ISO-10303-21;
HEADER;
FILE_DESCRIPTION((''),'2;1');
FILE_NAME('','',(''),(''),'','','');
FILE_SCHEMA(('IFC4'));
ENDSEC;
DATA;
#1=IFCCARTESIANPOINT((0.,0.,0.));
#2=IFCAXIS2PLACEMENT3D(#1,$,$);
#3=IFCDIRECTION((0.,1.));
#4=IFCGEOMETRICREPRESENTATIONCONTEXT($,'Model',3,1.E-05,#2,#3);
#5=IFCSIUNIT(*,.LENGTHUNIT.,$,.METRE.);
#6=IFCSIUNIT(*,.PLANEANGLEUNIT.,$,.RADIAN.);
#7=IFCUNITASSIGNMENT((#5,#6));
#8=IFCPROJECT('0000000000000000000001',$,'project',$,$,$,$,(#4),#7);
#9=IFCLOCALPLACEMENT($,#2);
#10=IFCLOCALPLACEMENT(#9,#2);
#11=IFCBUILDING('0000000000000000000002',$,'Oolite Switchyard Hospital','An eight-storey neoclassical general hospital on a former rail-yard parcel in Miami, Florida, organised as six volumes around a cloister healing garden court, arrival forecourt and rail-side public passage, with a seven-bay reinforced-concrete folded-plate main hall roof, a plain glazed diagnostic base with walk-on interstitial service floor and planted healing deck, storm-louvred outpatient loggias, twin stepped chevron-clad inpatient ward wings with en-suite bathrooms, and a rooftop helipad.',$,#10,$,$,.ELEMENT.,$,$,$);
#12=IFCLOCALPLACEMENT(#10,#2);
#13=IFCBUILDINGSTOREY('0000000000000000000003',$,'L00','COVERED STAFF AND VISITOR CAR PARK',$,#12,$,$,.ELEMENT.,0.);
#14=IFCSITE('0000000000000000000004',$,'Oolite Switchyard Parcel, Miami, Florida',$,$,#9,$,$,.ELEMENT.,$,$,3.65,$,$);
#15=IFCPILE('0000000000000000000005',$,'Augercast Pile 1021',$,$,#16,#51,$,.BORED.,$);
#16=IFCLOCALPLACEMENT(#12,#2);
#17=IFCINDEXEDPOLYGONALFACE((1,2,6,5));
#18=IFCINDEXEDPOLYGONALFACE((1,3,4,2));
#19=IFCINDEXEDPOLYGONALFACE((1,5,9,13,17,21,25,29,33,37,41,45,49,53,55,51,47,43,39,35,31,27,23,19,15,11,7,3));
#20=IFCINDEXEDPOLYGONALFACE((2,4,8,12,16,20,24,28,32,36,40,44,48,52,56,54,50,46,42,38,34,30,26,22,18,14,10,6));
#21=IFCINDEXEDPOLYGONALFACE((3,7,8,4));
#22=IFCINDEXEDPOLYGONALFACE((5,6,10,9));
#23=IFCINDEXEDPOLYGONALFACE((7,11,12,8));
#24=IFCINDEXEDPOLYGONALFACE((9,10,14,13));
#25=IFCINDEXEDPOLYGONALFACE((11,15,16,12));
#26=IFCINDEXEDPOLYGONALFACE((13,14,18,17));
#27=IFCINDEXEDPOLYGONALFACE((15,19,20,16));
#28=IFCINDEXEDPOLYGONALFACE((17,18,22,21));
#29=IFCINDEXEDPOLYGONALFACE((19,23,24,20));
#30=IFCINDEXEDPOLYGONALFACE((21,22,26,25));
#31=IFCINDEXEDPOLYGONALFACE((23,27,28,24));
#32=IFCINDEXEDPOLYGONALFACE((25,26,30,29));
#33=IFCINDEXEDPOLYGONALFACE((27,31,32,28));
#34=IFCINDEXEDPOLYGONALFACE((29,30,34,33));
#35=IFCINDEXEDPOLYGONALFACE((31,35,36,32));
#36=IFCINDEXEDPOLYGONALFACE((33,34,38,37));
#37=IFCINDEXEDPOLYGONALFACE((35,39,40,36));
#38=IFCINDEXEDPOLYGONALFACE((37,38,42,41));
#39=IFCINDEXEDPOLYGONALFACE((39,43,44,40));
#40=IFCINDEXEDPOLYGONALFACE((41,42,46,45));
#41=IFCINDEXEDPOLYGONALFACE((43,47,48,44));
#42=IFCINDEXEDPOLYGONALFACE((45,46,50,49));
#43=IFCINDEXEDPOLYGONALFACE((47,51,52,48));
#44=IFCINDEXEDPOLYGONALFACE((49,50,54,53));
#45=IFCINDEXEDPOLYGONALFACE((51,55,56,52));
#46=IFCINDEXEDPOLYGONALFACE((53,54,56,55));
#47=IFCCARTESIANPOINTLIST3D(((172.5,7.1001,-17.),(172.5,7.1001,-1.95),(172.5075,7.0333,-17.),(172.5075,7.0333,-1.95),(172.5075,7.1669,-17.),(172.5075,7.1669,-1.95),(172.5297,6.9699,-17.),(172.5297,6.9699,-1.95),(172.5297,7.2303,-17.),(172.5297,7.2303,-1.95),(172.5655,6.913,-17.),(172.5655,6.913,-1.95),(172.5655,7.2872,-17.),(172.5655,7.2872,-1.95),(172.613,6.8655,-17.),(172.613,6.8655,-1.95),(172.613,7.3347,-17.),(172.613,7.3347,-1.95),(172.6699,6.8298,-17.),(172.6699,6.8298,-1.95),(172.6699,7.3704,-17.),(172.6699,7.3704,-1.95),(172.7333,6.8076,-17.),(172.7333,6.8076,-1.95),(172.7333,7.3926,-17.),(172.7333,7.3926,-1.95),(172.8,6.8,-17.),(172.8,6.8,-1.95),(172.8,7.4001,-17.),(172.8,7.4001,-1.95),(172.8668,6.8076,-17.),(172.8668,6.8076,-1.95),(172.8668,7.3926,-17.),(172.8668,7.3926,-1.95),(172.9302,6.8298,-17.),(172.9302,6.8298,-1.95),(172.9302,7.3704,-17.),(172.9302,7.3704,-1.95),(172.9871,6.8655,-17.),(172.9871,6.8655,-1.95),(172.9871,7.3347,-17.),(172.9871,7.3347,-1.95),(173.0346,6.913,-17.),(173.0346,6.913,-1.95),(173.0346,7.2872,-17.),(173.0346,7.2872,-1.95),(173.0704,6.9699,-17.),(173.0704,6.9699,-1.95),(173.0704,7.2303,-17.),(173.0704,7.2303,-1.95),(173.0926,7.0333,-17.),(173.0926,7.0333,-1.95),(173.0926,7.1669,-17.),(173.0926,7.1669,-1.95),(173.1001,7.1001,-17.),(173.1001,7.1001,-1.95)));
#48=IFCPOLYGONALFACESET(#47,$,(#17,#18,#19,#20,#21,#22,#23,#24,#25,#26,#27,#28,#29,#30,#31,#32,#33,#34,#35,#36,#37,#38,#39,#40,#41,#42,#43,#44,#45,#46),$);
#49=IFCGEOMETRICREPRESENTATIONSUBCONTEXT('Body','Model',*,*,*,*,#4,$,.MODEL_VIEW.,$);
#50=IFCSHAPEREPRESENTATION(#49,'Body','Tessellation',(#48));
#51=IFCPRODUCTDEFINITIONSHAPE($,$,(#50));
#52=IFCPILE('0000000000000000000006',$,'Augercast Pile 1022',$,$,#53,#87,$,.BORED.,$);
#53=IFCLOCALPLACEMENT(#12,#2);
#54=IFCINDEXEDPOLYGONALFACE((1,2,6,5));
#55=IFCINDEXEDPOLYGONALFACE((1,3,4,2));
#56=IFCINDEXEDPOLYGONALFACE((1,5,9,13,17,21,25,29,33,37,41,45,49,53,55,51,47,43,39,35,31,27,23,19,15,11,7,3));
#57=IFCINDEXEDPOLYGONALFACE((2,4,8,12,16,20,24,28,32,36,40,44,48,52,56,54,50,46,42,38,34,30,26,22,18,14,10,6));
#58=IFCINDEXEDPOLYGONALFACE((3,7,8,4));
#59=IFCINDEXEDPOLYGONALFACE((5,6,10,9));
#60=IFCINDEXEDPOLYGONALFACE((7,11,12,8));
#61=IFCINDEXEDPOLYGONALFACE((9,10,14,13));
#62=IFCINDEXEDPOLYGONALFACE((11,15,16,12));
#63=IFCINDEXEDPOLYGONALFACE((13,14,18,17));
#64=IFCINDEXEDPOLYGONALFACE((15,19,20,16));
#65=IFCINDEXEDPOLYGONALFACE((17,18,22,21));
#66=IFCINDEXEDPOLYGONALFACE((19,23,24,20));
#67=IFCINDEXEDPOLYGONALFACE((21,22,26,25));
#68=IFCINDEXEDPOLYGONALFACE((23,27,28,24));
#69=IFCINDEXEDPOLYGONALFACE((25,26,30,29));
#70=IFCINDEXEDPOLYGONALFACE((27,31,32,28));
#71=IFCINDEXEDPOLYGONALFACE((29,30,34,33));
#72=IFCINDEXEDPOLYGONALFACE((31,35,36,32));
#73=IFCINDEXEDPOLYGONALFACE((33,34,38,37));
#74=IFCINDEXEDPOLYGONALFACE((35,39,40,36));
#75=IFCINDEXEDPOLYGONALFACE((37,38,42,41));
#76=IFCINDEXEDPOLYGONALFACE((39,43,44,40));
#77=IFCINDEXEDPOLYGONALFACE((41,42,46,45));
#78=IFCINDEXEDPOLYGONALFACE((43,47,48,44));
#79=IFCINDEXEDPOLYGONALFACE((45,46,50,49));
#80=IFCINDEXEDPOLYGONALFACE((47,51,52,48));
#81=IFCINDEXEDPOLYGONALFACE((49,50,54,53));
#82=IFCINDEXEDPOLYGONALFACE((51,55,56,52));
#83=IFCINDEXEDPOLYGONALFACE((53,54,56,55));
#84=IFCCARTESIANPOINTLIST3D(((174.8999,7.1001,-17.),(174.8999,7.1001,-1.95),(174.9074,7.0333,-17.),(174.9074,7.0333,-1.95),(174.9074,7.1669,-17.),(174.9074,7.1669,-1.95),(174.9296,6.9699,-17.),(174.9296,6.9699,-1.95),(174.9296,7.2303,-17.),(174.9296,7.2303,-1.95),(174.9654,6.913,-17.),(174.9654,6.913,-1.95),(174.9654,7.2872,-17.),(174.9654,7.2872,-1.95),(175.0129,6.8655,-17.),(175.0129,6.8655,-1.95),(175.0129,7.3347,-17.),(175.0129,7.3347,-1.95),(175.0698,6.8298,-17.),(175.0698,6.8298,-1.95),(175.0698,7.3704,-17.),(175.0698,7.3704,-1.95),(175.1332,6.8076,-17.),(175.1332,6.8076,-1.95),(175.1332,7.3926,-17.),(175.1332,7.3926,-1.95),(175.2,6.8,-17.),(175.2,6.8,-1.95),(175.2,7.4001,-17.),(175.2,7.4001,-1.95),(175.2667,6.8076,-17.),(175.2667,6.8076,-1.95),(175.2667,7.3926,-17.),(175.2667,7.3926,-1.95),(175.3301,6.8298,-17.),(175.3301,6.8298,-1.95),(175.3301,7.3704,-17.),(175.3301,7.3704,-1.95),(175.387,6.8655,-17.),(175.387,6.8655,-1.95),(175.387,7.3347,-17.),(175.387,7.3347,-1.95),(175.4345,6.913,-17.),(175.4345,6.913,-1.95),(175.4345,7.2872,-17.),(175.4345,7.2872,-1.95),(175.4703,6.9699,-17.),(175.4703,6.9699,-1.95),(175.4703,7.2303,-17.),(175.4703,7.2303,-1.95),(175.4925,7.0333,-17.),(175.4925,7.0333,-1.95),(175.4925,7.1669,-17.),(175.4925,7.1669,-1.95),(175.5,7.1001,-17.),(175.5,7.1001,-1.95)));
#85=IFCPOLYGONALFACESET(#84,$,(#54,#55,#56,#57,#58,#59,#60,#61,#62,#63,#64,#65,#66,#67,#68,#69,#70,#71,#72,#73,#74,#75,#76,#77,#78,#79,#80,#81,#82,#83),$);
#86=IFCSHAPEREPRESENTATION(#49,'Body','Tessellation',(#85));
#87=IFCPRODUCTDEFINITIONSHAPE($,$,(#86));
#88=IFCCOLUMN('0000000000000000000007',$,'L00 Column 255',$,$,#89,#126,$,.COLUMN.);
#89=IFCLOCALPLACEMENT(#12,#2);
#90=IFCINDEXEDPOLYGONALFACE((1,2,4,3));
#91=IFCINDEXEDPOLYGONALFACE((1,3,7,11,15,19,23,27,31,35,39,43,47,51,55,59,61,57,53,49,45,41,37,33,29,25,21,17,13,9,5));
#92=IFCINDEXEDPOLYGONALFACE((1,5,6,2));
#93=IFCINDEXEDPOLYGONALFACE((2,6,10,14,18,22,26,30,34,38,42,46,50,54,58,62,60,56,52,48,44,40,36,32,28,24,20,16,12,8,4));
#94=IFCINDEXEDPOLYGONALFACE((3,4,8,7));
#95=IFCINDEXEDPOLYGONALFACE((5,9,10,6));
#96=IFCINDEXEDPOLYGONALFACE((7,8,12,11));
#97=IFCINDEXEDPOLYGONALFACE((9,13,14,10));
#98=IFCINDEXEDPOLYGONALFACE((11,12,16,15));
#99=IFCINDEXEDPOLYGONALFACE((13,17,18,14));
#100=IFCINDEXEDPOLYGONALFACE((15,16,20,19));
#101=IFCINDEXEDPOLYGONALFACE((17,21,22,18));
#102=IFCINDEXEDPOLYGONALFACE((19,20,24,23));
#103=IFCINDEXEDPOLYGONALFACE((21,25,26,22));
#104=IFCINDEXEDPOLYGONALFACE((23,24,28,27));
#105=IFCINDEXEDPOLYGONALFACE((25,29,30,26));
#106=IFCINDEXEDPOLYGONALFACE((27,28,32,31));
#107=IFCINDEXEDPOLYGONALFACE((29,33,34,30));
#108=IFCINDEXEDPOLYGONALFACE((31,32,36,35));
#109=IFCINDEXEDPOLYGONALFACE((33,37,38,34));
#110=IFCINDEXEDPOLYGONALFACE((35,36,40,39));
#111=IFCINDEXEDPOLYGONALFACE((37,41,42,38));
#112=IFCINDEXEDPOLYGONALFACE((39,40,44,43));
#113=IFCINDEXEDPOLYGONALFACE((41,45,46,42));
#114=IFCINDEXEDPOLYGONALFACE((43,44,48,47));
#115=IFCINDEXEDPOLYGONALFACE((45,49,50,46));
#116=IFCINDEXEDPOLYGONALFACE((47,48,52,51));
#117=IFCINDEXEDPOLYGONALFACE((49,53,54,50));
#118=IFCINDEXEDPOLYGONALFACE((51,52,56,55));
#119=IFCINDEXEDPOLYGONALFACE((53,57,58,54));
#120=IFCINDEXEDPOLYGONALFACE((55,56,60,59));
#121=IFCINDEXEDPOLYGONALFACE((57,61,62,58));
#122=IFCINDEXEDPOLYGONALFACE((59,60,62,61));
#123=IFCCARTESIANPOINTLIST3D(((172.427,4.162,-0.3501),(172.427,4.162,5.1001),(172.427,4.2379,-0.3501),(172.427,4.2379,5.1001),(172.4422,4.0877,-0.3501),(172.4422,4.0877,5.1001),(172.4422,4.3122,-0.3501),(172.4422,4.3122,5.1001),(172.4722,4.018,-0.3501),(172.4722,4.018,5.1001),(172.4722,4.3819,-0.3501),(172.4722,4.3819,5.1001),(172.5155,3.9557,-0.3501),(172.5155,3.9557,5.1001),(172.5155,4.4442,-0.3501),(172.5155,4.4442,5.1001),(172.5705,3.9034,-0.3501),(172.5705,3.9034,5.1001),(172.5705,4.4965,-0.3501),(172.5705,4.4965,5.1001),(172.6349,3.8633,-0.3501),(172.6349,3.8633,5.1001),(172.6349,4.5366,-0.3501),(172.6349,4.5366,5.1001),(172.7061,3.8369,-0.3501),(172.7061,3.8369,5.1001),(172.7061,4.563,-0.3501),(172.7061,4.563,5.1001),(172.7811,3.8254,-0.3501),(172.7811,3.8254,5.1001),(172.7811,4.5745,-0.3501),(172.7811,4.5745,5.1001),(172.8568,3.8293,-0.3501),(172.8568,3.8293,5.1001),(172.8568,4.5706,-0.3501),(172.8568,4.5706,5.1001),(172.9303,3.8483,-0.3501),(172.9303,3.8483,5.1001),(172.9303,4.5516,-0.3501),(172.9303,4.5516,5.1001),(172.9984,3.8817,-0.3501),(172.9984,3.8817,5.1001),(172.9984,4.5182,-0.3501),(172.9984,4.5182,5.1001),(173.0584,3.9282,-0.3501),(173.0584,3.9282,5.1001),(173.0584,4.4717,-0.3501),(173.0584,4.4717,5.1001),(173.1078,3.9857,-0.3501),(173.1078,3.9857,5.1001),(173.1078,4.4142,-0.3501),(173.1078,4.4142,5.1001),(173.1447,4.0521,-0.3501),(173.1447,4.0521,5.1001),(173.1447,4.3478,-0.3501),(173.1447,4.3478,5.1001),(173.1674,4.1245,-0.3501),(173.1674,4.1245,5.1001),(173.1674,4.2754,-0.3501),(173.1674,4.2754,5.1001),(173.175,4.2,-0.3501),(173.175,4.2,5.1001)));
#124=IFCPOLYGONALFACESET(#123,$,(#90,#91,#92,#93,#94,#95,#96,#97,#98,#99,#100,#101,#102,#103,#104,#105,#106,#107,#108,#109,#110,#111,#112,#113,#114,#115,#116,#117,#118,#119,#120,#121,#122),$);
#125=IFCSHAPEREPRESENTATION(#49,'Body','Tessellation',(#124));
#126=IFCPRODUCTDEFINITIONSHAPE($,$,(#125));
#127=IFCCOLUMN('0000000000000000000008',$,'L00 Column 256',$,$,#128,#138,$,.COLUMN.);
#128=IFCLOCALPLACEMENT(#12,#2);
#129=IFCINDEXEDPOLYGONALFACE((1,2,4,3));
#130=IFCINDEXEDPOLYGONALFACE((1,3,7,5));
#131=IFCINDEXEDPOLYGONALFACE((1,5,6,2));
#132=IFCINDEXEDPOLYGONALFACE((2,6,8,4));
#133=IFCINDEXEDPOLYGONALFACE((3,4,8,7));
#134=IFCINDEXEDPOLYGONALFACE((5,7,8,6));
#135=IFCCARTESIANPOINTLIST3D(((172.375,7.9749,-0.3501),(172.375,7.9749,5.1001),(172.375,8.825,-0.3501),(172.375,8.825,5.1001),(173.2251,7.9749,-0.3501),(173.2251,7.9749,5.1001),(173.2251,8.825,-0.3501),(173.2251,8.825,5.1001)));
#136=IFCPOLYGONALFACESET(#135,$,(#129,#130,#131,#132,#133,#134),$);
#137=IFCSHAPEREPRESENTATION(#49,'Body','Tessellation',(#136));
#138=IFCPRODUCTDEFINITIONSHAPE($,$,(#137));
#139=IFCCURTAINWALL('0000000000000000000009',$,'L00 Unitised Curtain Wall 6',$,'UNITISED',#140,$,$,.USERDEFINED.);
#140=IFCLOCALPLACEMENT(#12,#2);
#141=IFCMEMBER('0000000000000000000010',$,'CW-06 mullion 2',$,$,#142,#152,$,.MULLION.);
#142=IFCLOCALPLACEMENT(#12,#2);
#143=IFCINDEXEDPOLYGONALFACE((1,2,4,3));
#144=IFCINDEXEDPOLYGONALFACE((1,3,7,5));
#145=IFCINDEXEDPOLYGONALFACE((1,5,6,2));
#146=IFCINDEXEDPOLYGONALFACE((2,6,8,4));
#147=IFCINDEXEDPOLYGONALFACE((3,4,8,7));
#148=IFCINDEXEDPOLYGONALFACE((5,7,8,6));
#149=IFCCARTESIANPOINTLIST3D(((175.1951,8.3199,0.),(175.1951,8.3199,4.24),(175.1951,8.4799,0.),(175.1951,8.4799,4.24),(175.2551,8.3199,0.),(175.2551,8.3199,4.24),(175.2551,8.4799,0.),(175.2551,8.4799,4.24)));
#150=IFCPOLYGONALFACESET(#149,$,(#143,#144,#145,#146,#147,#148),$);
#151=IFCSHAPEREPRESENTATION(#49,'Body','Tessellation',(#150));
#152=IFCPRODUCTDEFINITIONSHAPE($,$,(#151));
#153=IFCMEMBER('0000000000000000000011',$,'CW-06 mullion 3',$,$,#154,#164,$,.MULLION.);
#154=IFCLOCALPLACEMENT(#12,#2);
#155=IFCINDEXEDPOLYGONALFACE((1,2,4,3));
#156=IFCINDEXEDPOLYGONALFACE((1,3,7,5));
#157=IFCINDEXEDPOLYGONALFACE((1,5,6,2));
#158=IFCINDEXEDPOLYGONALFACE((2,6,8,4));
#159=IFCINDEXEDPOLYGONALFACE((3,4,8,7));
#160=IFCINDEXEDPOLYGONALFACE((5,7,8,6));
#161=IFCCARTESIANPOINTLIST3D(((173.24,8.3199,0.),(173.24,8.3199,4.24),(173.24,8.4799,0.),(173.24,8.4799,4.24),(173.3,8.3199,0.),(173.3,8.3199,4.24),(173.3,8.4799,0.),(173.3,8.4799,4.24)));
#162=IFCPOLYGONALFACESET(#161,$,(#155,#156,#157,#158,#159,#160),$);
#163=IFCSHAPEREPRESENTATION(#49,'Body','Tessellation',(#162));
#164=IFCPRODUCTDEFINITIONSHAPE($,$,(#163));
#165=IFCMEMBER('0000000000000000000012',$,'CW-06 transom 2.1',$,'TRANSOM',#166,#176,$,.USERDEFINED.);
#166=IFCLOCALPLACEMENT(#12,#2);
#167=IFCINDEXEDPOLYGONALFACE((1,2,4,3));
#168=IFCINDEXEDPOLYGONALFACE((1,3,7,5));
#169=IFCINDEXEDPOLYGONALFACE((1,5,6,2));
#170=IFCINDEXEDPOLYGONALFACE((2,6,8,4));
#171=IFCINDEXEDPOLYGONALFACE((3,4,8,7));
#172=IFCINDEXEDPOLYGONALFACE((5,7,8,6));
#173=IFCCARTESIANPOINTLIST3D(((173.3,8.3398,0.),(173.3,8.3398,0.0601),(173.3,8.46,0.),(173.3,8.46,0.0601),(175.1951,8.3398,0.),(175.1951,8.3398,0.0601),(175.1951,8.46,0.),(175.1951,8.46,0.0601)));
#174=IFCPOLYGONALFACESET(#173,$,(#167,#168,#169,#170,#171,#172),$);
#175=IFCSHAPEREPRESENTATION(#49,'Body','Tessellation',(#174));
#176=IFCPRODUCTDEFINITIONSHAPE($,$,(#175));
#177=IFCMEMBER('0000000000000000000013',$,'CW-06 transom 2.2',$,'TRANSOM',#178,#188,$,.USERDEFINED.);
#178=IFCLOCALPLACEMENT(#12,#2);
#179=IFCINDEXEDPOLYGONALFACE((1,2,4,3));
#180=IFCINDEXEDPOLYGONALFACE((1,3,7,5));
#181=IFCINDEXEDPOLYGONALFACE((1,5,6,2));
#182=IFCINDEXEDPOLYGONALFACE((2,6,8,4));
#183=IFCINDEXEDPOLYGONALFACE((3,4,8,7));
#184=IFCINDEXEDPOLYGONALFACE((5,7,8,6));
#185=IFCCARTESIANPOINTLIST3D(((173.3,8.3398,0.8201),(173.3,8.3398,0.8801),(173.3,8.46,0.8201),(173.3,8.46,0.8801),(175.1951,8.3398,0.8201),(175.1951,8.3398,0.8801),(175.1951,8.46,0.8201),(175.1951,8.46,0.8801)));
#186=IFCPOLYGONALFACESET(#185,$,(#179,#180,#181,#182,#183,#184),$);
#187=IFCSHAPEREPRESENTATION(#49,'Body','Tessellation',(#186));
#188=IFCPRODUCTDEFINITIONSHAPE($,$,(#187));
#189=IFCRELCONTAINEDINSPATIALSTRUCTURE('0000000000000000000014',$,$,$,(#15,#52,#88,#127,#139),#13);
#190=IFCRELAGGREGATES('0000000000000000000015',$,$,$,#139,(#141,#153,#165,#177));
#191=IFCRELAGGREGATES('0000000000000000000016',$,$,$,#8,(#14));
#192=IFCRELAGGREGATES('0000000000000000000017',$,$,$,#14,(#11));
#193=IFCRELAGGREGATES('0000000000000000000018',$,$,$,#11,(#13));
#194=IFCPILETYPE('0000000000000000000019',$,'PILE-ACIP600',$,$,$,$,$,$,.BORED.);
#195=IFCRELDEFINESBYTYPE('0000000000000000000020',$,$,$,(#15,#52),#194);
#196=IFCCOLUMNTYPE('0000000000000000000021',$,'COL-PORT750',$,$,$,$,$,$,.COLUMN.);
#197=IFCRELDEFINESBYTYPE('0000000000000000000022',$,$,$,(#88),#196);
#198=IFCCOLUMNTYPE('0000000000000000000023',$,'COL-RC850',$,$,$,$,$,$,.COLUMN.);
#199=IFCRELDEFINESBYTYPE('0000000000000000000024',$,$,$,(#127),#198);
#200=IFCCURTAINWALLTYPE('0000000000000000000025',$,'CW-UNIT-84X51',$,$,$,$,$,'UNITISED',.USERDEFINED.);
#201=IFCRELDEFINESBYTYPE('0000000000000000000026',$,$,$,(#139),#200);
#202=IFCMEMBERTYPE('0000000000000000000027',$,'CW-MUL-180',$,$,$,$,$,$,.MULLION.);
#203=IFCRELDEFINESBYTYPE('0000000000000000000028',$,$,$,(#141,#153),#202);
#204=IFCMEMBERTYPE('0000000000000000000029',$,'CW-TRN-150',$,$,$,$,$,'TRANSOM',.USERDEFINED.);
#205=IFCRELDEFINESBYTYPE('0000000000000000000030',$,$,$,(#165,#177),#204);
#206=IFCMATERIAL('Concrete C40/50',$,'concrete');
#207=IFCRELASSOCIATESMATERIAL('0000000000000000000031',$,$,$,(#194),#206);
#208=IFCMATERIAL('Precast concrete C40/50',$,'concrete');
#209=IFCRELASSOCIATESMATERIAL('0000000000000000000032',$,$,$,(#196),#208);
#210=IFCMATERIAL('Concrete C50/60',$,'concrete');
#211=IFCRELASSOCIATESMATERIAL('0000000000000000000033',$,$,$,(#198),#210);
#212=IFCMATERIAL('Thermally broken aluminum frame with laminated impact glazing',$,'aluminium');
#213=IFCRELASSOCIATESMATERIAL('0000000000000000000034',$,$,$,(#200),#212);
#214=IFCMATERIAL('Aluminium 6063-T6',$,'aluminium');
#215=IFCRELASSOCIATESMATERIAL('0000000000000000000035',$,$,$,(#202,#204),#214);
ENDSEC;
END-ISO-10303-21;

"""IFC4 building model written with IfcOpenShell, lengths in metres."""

from ifc_helpers import new_model, si_unit, direction, frame, origin, origin_2d, place, context, subcontext, project, spatial, rectangle, circle, extrude, material, material_profile, profile_set, type_object, element, aggregate, save


model = new_model("IFC4")

# Units and contexts
model_context = context("Model", 3, precision=1e-05, world=origin(), true_north=direction((0.0, 1.0)))
body_context = subcontext(model_context, "Body", "Model", "MODEL_VIEW")
ifc_project = project(units=[si_unit("LENGTHUNIT", "METRE"), si_unit("PLANEANGLEUNIT", "RADIAN")], contexts=[model_context])

# Site, building, storey
site_placement = place(None, origin())
site = spatial("IfcSite", under=ifc_project, at=site_placement, Name="Oolite Switchyard Parcel, Miami, Florida", CompositionType="ELEMENT", RefElevation=3.65)
building_placement = place(site_placement, origin())
building = spatial("IfcBuilding", under=site, at=building_placement, Name="Oolite Switchyard Hospital", Description="An eight-storey neoclassical general hospital on a former rail-yard parcel in Miami, Florida, organised as six volumes around a cloister healing garden court, arrival forecourt and rail-side public passage, with a seven-bay reinforced-concrete folded-plate main hall roof, a plain glazed diagnostic base with walk-on interstitial service floor and planted healing deck, storm-louvred outpatient loggias, twin stepped chevron-clad inpatient ward wings with en-suite bathrooms, and a rooftop helipad.", CompositionType="ELEMENT")
storey_placement = place(building_placement, origin())
storey = spatial("IfcBuildingStorey", under=building, at=storey_placement, Name="L00", Description="COVERED STAFF AND VISITOR CAR PARK", CompositionType="ELEMENT", Elevation=0.0)

# Shared definitions
ifc_material_1 = material(Name="Concrete C40/50", Category="concrete")

# Piles
ifc_material_profile_1 = material_profile(ifc_material_1, circle(Radius=0.3, at=origin_2d()), Name="PILE600")
ifc_profile_set_1 = profile_set([ifc_material_profile_1], Name="Concrete C40/50")
pile_type = type_object("IfcPileType", Name="PILE-ACIP600", PredefinedType="BORED", material=ifc_profile_set_1)
for number, where, z_axis, x_axis, name in (
    (1, (172.8, 7.1001, -1.95), (0.0, 0.0, -1.0), (1.0, 0.0, 0.0), "Augercast Pile 1021"),
    (2, (175.2, 7.1001, -1.95), (0.0, 0.0, -1.0), (1.0, 0.0, 0.0), "Augercast Pile 1022"),
):
    element("IfcPile", number, at=place(storey_placement, frame(where, z_axis=z_axis, x_axis=x_axis)), inside=storey, type_object=pile_type, Name=name, PredefinedType="BORED", context=body_context, shape_type="SweptSolid", body=[
        extrude(circle(Radius=0.3, at=origin_2d()), origin(), (0.0, 0.0, 1.0), 15.05),
    ])

# Columns
ifc_material_2 = material(Name="Precast concrete C40/50", Category="concrete")
ifc_material_profile_2 = material_profile(ifc_material_2, circle(Radius=0.375, at=origin_2d()), Name="RCCOL750")
ifc_profile_set_2 = profile_set([ifc_material_profile_2], Name="Precast concrete C40/50")
column_type_1 = type_object("IfcColumnType", Name="COL-PORT750", PredefinedType="COLUMN", material=ifc_profile_set_2)
column_1_placement = place(storey_placement, frame((172.8, 4.2, -0.3501), z_axis=(0.0, 0.0, 1.0), x_axis=(1.0, 0.0, 0.0)))
element("IfcColumn", 3, at=column_1_placement, inside=storey, type_object=column_type_1, Name="L00 Column 255", PredefinedType="COLUMN", context=body_context, shape_type="SweptSolid", body=[
    extrude(circle(Radius=0.375, at=origin_2d()), origin(), (0.0, 0.0, 1.0), 5.4502),
])
ifc_material_3 = material(Name="Concrete C50/60", Category="concrete")
ifc_material_profile_3 = material_profile(ifc_material_3, rectangle(XDim=0.8501, YDim=0.8501, at=origin_2d()), Name="RC850X850")
ifc_profile_set_3 = profile_set([ifc_material_profile_3], Name="Concrete C50/60")
column_type_2 = type_object("IfcColumnType", Name="COL-RC850", PredefinedType="COLUMN", material=ifc_profile_set_3)
column_2_placement = place(storey_placement, frame((172.8, 8.3999, -0.3501), z_axis=(0.0, 0.0, 1.0), x_axis=(1.0, 0.0, 0.0)))
element("IfcColumn", 4, at=column_2_placement, inside=storey, type_object=column_type_2, Name="L00 Column 256", PredefinedType="COLUMN", context=body_context, shape_type="SweptSolid", body=[
    extrude(rectangle(XDim=0.8501, YDim=0.8501, at=origin_2d()), origin(), (0.0, 0.0, 1.0), 5.4502),
])

# Curtain wall, members
ifc_material_4 = material(Name="Thermally broken aluminum frame with laminated impact glazing", Category="aluminium")
curtain_wall_type = type_object("IfcCurtainWallType", Name="CW-UNIT-84X51", ElementType="UNITISED", PredefinedType="USERDEFINED", material=ifc_material_4)
curtain_wall_placement = place(storey_placement, origin())
curtain_wall = element("IfcCurtainWall", 5, at=curtain_wall_placement, inside=storey, type_object=curtain_wall_type, Name="L00 Unitised Curtain Wall 6", ObjectType="UNITISED", PredefinedType="USERDEFINED")
ifc_material_5 = material(Name="Aluminium 6063-T6", Category="aluminium")
ifc_material_profile_4 = material_profile(ifc_material_5, rectangle(XDim=0.1599, YDim=0.0601, at=origin_2d()), Name="CWM60X160")
ifc_profile_set_4 = profile_set([ifc_material_profile_4], Name="Aluminium 6063-T6")
member_type_1 = type_object("IfcMemberType", Name="CW-MUL-180", PredefinedType="MULLION", material=ifc_profile_set_4)
member_1_placement = place(storey_placement, frame((175.2251, 8.3999, 0.0), z_axis=(0.0, 0.0, 1.0), x_axis=(0.0, -1.0, 0.0)))
member_1 = element("IfcMember", 6, at=member_1_placement, type_object=member_type_1, Name="CW-06 mullion 2", PredefinedType="MULLION", context=body_context, shape_type="SweptSolid", body=[
    extrude(rectangle(XDim=0.1599, YDim=0.0601, at=origin_2d()), origin(), (0.0, 0.0, 1.0), 4.24),
])
member_2_placement = place(storey_placement, frame((173.27, 8.3999, 0.0), z_axis=(0.0, 0.0, 1.0), x_axis=(0.0, -1.0, 0.0)))
member_2 = element("IfcMember", 7, at=member_2_placement, type_object=member_type_1, Name="CW-06 mullion 3", PredefinedType="MULLION", context=body_context, shape_type="SweptSolid", body=[
    extrude(rectangle(XDim=0.1599, YDim=0.0601, at=origin_2d()), origin(), (0.0, 0.0, 1.0), 4.24),
])
ifc_material_profile_5 = material_profile(ifc_material_5, rectangle(XDim=0.1201, YDim=0.0601, at=origin_2d()), Name="CWT60X120")
ifc_profile_set_5 = profile_set([ifc_material_profile_5], Name="Aluminium 6063-T6")
member_type_2 = type_object("IfcMemberType", Name="CW-TRN-150", ElementType="TRANSOM", PredefinedType="USERDEFINED", material=ifc_profile_set_5)
member_3_placement = place(storey_placement, frame((175.1951, 8.3999, 0.03), z_axis=(-1.0, 0.0, 0.0), x_axis=(0.0, -1.0, 0.0)))
member_3 = element("IfcMember", 8, at=member_3_placement, type_object=member_type_2, Name="CW-06 transom 2.1", ObjectType="TRANSOM", PredefinedType="USERDEFINED", context=body_context, shape_type="SweptSolid", body=[
    extrude(rectangle(XDim=0.1201, YDim=0.0601, at=origin_2d()), origin(), (0.0, 0.0, 1.0), 1.895),
])
member_4_placement = place(storey_placement, frame((175.1951, 8.3999, 0.8501), z_axis=(-1.0, 0.0, 0.0), x_axis=(0.0, -1.0, 0.0)))
member_4 = element("IfcMember", 9, at=member_4_placement, type_object=member_type_2, Name="CW-06 transom 2.2", ObjectType="TRANSOM", PredefinedType="USERDEFINED", context=body_context, shape_type="SweptSolid", body=[
    extrude(rectangle(XDim=0.1201, YDim=0.0601, at=origin_2d()), origin(), (0.0, 0.0, 1.0), 1.895),
])
aggregate(curtain_wall, [member_1, member_2, member_3, member_4])

save(model, "model.ifc")
